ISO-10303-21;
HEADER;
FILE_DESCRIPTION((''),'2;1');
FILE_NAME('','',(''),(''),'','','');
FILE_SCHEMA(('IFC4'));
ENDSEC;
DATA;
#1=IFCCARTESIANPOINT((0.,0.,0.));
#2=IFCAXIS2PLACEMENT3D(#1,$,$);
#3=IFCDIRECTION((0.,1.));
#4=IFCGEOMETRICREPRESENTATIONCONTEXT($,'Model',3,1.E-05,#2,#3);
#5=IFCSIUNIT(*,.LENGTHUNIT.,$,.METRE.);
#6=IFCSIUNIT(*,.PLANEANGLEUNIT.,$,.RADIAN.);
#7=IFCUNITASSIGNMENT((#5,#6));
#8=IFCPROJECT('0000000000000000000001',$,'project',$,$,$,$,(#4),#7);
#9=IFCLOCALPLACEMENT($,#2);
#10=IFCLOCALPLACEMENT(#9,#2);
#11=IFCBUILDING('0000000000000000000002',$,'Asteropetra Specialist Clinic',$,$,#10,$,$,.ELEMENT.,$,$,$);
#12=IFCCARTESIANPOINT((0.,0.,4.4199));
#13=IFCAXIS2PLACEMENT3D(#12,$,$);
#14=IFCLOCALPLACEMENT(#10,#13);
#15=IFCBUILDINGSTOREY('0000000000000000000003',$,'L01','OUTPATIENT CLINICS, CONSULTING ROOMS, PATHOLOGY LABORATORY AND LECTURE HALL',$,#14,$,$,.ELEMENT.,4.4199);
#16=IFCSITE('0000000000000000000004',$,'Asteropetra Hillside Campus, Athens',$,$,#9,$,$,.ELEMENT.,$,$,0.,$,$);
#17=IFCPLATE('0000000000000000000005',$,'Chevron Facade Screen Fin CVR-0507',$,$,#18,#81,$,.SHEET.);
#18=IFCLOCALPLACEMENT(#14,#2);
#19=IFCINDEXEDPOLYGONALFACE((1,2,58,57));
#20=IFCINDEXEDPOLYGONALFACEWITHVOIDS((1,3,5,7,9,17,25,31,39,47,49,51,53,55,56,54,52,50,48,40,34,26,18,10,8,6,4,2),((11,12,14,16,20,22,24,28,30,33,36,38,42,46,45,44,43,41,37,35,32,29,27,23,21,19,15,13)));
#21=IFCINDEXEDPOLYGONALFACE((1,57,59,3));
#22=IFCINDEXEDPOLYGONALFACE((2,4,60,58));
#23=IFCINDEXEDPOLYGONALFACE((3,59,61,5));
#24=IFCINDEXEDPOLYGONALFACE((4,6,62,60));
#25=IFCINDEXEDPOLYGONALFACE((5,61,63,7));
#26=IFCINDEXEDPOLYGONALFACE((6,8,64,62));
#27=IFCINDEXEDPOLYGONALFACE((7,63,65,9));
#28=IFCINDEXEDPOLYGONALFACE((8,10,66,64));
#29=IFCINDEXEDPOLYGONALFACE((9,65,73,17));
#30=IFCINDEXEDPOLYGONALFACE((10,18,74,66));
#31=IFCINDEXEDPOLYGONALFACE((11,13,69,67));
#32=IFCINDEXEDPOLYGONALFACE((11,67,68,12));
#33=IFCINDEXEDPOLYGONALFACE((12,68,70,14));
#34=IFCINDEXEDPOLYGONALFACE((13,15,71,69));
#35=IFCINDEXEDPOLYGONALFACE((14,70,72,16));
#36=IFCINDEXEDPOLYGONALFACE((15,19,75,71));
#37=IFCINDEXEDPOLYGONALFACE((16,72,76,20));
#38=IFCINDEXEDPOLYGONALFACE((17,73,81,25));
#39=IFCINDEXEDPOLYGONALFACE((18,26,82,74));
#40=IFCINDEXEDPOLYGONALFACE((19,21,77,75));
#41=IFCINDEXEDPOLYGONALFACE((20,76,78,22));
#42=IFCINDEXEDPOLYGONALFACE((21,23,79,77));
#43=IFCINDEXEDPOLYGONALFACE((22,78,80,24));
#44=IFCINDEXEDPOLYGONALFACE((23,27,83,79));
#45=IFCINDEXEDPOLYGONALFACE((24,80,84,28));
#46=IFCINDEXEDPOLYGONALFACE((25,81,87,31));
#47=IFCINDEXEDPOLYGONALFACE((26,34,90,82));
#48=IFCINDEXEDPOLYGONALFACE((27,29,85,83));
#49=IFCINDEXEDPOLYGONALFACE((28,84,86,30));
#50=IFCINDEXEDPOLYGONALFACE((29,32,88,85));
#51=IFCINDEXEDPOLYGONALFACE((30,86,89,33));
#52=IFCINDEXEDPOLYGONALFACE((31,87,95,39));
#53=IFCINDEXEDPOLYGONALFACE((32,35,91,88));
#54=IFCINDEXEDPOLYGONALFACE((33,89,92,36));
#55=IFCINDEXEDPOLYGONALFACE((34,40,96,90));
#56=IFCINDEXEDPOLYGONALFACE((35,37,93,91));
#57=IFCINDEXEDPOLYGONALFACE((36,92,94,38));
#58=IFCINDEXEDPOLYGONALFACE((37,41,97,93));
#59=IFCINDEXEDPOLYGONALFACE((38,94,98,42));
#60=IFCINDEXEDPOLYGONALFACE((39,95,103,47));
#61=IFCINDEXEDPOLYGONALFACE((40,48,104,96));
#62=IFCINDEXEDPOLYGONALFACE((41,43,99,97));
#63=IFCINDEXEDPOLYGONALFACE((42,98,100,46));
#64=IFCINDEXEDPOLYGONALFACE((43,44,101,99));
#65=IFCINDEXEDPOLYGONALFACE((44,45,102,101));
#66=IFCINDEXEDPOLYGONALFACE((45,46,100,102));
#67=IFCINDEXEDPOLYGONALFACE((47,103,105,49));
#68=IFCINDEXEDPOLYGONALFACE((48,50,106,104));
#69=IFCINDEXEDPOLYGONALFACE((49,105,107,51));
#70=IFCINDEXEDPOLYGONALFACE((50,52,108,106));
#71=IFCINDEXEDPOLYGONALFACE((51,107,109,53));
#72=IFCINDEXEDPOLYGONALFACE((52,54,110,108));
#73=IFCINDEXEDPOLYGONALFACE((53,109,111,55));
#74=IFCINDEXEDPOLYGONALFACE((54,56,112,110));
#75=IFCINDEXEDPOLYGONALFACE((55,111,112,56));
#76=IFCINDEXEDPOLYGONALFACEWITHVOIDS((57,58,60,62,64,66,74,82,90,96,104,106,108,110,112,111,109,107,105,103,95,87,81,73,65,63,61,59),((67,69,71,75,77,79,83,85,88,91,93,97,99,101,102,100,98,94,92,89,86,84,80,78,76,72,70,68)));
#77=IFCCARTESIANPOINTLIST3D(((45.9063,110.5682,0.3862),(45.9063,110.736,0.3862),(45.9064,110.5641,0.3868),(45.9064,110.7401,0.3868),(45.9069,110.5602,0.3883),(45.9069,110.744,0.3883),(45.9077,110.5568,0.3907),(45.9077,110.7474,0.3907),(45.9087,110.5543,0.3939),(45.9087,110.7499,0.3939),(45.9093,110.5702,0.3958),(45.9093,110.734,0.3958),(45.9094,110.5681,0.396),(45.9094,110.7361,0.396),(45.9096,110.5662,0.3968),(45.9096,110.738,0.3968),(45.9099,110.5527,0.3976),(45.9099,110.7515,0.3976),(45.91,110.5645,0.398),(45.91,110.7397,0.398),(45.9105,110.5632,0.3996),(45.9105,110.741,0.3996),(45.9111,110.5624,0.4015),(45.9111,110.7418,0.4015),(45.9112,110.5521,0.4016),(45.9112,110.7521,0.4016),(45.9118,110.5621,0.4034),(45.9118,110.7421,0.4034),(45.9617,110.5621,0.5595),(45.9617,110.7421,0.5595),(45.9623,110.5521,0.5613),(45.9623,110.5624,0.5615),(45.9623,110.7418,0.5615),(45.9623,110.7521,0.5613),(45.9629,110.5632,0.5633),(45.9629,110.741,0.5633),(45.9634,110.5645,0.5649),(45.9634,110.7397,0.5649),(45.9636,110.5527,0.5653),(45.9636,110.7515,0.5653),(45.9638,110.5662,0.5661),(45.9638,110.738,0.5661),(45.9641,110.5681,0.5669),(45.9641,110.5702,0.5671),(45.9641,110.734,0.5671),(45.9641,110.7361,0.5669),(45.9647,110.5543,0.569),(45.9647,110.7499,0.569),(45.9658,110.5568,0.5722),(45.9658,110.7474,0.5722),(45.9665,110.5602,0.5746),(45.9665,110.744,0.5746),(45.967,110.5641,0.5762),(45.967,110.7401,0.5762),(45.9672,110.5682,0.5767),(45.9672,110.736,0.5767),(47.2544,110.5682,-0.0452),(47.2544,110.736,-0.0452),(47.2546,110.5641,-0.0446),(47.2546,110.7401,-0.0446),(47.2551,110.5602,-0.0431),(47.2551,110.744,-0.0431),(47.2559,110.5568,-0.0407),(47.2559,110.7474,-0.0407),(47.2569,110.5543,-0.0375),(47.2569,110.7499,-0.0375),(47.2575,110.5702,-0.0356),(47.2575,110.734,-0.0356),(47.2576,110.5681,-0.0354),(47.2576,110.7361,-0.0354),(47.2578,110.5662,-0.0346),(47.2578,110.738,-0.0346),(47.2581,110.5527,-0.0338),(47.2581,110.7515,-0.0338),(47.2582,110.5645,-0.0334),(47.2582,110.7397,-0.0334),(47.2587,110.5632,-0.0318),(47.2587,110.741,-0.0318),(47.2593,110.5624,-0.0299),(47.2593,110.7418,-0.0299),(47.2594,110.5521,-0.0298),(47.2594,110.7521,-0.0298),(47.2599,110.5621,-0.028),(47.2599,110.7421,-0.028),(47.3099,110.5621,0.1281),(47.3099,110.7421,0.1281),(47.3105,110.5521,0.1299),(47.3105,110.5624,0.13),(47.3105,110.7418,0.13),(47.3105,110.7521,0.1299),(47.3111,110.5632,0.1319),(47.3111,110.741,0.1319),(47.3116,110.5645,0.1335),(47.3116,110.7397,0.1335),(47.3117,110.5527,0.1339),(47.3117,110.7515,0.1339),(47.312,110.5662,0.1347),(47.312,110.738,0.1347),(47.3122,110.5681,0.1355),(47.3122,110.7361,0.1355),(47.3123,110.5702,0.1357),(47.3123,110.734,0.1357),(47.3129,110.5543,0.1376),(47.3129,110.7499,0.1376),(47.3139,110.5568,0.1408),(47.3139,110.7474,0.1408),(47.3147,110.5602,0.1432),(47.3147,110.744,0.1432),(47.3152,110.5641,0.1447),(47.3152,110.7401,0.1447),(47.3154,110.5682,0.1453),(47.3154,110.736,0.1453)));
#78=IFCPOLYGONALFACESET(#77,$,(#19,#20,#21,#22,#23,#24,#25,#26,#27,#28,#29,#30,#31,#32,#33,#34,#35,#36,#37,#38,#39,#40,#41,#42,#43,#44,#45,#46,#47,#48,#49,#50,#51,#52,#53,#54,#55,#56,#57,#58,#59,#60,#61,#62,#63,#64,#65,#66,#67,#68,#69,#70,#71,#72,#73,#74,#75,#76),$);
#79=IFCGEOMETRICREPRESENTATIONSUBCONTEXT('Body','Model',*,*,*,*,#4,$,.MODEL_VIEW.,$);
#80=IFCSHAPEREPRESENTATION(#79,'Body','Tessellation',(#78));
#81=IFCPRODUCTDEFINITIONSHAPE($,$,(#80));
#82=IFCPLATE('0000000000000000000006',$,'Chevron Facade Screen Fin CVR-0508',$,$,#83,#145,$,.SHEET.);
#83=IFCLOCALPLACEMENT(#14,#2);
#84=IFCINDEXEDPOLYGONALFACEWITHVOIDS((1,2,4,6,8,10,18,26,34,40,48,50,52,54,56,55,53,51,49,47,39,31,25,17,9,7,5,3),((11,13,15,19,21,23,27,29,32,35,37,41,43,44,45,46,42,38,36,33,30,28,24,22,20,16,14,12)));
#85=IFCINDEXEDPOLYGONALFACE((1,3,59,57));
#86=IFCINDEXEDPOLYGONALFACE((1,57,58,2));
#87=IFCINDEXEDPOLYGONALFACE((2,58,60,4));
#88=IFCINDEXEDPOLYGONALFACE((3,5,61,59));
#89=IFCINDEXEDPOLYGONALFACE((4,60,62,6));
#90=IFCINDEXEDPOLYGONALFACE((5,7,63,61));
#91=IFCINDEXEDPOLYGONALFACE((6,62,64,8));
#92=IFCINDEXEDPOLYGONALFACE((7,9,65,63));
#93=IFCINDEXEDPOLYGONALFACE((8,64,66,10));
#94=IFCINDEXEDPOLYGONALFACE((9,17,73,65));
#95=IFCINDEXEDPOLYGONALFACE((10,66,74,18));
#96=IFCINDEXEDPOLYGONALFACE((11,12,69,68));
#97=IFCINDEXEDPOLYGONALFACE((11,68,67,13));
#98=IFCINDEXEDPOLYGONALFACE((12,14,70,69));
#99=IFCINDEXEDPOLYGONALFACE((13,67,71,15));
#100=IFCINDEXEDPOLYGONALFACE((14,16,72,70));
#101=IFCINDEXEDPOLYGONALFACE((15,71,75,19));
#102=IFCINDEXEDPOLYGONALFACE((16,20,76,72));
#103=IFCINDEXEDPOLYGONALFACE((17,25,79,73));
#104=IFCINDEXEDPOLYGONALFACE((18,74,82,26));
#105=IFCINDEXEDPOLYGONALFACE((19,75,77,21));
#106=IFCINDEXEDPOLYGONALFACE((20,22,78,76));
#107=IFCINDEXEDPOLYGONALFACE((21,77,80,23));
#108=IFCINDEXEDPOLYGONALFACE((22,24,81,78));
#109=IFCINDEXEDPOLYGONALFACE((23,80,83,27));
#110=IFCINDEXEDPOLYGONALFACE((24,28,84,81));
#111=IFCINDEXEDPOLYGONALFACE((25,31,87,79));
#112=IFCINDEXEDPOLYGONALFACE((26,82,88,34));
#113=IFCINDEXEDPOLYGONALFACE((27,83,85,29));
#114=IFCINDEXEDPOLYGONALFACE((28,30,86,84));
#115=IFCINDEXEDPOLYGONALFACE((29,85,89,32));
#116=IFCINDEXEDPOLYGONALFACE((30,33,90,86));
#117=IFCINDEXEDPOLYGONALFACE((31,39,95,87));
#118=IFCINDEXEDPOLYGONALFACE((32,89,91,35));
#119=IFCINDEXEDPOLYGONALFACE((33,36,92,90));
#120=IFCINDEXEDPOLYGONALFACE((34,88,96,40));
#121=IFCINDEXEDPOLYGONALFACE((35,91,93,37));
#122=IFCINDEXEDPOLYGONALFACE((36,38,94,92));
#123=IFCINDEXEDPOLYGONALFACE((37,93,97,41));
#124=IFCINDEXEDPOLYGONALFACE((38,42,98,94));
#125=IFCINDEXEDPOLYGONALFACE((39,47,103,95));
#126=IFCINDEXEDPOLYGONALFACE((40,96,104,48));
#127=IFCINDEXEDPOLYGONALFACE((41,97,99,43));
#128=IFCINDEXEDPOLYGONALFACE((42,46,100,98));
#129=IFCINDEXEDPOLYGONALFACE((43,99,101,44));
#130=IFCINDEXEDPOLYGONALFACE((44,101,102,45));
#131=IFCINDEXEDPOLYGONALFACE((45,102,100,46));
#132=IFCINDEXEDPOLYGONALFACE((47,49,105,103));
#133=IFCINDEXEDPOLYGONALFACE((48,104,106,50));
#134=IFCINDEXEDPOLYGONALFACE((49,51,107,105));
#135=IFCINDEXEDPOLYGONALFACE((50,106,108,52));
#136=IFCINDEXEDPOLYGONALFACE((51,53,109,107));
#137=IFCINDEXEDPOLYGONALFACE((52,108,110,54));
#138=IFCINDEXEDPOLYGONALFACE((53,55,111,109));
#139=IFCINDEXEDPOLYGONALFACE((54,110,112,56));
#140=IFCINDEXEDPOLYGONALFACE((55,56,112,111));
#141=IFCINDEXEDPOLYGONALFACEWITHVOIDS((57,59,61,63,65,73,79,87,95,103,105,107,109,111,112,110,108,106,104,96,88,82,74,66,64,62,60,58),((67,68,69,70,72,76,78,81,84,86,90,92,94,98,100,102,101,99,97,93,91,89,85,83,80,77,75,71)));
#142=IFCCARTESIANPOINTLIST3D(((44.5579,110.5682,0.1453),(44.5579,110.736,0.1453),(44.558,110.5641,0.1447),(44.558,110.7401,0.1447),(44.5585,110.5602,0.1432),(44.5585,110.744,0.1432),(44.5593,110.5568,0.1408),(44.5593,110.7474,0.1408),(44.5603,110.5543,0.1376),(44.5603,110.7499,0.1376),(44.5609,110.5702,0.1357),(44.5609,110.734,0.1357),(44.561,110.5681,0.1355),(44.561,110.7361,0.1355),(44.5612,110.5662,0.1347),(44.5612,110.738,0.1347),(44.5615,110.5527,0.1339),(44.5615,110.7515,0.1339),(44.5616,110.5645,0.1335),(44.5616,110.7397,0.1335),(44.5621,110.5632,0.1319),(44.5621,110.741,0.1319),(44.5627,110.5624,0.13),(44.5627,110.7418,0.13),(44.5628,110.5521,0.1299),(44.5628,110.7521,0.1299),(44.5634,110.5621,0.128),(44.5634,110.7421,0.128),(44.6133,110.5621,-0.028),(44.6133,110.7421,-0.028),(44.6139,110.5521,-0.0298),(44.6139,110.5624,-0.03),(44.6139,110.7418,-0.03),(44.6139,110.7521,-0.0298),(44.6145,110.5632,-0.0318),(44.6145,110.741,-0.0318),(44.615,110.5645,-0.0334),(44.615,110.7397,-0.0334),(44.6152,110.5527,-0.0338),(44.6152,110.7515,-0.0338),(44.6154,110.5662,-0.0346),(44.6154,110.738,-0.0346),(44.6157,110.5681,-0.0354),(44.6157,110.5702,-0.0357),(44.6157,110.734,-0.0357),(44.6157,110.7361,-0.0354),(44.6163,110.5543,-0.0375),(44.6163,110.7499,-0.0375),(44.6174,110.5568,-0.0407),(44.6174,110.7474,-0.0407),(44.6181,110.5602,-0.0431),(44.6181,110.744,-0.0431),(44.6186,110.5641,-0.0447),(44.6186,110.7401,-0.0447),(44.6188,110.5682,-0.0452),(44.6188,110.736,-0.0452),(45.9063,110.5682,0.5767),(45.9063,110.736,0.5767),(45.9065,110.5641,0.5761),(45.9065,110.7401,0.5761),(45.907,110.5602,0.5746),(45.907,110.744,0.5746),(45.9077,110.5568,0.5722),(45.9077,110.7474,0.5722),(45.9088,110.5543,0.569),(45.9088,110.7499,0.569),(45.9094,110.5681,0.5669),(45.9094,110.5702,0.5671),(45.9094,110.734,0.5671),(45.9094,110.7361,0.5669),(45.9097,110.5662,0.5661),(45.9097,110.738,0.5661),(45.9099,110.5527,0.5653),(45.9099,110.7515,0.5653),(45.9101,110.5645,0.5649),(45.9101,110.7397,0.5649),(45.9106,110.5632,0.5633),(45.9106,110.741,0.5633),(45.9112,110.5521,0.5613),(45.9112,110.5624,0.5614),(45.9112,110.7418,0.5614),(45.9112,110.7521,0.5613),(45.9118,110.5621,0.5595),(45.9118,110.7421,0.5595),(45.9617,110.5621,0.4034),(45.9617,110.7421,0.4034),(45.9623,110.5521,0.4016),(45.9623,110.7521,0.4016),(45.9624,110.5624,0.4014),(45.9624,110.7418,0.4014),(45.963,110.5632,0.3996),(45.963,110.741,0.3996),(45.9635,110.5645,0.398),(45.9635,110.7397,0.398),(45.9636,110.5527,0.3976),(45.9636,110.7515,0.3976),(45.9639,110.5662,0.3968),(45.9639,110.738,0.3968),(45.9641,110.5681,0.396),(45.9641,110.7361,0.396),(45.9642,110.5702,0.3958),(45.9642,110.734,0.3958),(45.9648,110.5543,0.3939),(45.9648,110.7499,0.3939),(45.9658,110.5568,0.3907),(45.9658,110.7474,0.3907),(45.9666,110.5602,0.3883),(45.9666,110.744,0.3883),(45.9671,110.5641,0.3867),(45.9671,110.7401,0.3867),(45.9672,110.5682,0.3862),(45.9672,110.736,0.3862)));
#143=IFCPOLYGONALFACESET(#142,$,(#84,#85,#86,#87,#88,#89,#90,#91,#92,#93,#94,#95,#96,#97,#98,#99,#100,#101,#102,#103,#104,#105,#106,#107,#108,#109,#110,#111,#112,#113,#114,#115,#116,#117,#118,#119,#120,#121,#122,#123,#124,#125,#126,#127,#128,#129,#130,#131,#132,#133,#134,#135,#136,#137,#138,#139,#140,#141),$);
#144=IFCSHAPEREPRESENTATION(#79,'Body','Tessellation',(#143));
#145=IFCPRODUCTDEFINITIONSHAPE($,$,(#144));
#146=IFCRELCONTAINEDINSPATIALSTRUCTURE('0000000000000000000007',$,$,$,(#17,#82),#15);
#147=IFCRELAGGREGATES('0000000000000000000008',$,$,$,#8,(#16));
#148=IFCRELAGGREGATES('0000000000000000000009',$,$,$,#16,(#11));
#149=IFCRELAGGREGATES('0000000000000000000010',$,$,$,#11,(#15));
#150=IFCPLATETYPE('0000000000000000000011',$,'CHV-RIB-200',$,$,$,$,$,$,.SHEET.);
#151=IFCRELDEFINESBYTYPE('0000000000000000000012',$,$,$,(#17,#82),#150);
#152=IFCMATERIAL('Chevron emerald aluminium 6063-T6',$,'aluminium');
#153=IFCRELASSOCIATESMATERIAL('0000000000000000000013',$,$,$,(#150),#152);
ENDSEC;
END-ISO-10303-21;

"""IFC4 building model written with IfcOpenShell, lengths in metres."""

from ifc_helpers import new_model, si_unit, direction, frame, origin, origin_2d, place, context, subcontext, project, spatial, hollow_rectangle, extrude, material, material_profile, profile_set, type_object, element, save


model = new_model("IFC4")

# Units and contexts
model_context = context("Model", 3, precision=1e-05, world=origin(), true_north=direction((0.0, 1.0)))
body_context = subcontext(model_context, "Body", "Model", "MODEL_VIEW")
ifc_project = project(units=[si_unit("LENGTHUNIT", "METRE"), si_unit("PLANEANGLEUNIT", "RADIAN")], contexts=[model_context])

# Site, building, storey
site_placement = place(None, origin())
site = spatial("IfcSite", under=ifc_project, at=site_placement, Name="Asteropetra Hillside Campus, Athens", CompositionType="ELEMENT", RefElevation=0.0)
building_placement = place(site_placement, origin())
building = spatial("IfcBuilding", under=site, at=building_placement, Name="Asteropetra Specialist Clinic", CompositionType="ELEMENT")
storey_placement = place(building_placement, frame((0.0, 0.0, 4.4199)))
storey = spatial("IfcBuildingStorey", under=building, at=storey_placement, Name="L01", Description="OUTPATIENT CLINICS, CONSULTING ROOMS, PATHOLOGY LABORATORY AND LECTURE HALL", CompositionType="ELEMENT", Elevation=4.4199)

# Plates
ifc_material_1 = material(Name="Chevron emerald aluminium 6063-T6", Category="aluminium")
ifc_material_profile = material_profile(ifc_material_1, hollow_rectangle(XDim=0.2, YDim=0.2, WallThickness=0.01, InnerFilletRadius=0.0081, OuterFilletRadius=0.0161, at=origin_2d()), Name="SHS 200x200x10.0")
ifc_profile_set = profile_set([ifc_material_profile], Name="Chevron emerald aluminium 6063-T6")
plate_type_1 = type_object("IfcPlateType", Name="CHV-RIB-200", PredefinedType="SHEET", material=ifc_profile_set)
plate_1_placement = place(storey_placement, frame((47.2849, 110.6521, 0.05), z_axis=(-0.952426, 0.0, 0.304769), x_axis=(0.0, -1.0, 0.0)))
element("IfcPlate", 1, at=plate_1_placement, inside=storey, type_object=plate_type_1, Name="Chevron Facade Screen Fin CVR-0507", PredefinedType="SHEET", context=body_context, shape_type="SweptSolid", body=[
    extrude(hollow_rectangle(XDim=0.2, YDim=0.2, WallThickness=0.01, InnerFilletRadius=0.0081, OuterFilletRadius=0.0161, at=origin_2d()), origin(), (0.0, 0.0, 1.0), 1.4155),
])
plate_2_placement = place(storey_placement, frame((45.9368, 110.6521, 0.4814), z_axis=(-0.952442, 0.0, -0.304719), x_axis=(0.0, -1.0, 0.0)))
element("IfcPlate", 2, at=plate_2_placement, inside=storey, type_object=plate_type_1, Name="Chevron Facade Screen Fin CVR-0508", PredefinedType="SHEET", context=body_context, shape_type="SweptSolid", body=[
    extrude(hollow_rectangle(XDim=0.2, YDim=0.2, WallThickness=0.01, InnerFilletRadius=0.0081, OuterFilletRadius=0.0161, at=origin_2d()), origin(), (0.0, 0.0, 1.0), 1.4158),
])

save(model, "model.ifc")
